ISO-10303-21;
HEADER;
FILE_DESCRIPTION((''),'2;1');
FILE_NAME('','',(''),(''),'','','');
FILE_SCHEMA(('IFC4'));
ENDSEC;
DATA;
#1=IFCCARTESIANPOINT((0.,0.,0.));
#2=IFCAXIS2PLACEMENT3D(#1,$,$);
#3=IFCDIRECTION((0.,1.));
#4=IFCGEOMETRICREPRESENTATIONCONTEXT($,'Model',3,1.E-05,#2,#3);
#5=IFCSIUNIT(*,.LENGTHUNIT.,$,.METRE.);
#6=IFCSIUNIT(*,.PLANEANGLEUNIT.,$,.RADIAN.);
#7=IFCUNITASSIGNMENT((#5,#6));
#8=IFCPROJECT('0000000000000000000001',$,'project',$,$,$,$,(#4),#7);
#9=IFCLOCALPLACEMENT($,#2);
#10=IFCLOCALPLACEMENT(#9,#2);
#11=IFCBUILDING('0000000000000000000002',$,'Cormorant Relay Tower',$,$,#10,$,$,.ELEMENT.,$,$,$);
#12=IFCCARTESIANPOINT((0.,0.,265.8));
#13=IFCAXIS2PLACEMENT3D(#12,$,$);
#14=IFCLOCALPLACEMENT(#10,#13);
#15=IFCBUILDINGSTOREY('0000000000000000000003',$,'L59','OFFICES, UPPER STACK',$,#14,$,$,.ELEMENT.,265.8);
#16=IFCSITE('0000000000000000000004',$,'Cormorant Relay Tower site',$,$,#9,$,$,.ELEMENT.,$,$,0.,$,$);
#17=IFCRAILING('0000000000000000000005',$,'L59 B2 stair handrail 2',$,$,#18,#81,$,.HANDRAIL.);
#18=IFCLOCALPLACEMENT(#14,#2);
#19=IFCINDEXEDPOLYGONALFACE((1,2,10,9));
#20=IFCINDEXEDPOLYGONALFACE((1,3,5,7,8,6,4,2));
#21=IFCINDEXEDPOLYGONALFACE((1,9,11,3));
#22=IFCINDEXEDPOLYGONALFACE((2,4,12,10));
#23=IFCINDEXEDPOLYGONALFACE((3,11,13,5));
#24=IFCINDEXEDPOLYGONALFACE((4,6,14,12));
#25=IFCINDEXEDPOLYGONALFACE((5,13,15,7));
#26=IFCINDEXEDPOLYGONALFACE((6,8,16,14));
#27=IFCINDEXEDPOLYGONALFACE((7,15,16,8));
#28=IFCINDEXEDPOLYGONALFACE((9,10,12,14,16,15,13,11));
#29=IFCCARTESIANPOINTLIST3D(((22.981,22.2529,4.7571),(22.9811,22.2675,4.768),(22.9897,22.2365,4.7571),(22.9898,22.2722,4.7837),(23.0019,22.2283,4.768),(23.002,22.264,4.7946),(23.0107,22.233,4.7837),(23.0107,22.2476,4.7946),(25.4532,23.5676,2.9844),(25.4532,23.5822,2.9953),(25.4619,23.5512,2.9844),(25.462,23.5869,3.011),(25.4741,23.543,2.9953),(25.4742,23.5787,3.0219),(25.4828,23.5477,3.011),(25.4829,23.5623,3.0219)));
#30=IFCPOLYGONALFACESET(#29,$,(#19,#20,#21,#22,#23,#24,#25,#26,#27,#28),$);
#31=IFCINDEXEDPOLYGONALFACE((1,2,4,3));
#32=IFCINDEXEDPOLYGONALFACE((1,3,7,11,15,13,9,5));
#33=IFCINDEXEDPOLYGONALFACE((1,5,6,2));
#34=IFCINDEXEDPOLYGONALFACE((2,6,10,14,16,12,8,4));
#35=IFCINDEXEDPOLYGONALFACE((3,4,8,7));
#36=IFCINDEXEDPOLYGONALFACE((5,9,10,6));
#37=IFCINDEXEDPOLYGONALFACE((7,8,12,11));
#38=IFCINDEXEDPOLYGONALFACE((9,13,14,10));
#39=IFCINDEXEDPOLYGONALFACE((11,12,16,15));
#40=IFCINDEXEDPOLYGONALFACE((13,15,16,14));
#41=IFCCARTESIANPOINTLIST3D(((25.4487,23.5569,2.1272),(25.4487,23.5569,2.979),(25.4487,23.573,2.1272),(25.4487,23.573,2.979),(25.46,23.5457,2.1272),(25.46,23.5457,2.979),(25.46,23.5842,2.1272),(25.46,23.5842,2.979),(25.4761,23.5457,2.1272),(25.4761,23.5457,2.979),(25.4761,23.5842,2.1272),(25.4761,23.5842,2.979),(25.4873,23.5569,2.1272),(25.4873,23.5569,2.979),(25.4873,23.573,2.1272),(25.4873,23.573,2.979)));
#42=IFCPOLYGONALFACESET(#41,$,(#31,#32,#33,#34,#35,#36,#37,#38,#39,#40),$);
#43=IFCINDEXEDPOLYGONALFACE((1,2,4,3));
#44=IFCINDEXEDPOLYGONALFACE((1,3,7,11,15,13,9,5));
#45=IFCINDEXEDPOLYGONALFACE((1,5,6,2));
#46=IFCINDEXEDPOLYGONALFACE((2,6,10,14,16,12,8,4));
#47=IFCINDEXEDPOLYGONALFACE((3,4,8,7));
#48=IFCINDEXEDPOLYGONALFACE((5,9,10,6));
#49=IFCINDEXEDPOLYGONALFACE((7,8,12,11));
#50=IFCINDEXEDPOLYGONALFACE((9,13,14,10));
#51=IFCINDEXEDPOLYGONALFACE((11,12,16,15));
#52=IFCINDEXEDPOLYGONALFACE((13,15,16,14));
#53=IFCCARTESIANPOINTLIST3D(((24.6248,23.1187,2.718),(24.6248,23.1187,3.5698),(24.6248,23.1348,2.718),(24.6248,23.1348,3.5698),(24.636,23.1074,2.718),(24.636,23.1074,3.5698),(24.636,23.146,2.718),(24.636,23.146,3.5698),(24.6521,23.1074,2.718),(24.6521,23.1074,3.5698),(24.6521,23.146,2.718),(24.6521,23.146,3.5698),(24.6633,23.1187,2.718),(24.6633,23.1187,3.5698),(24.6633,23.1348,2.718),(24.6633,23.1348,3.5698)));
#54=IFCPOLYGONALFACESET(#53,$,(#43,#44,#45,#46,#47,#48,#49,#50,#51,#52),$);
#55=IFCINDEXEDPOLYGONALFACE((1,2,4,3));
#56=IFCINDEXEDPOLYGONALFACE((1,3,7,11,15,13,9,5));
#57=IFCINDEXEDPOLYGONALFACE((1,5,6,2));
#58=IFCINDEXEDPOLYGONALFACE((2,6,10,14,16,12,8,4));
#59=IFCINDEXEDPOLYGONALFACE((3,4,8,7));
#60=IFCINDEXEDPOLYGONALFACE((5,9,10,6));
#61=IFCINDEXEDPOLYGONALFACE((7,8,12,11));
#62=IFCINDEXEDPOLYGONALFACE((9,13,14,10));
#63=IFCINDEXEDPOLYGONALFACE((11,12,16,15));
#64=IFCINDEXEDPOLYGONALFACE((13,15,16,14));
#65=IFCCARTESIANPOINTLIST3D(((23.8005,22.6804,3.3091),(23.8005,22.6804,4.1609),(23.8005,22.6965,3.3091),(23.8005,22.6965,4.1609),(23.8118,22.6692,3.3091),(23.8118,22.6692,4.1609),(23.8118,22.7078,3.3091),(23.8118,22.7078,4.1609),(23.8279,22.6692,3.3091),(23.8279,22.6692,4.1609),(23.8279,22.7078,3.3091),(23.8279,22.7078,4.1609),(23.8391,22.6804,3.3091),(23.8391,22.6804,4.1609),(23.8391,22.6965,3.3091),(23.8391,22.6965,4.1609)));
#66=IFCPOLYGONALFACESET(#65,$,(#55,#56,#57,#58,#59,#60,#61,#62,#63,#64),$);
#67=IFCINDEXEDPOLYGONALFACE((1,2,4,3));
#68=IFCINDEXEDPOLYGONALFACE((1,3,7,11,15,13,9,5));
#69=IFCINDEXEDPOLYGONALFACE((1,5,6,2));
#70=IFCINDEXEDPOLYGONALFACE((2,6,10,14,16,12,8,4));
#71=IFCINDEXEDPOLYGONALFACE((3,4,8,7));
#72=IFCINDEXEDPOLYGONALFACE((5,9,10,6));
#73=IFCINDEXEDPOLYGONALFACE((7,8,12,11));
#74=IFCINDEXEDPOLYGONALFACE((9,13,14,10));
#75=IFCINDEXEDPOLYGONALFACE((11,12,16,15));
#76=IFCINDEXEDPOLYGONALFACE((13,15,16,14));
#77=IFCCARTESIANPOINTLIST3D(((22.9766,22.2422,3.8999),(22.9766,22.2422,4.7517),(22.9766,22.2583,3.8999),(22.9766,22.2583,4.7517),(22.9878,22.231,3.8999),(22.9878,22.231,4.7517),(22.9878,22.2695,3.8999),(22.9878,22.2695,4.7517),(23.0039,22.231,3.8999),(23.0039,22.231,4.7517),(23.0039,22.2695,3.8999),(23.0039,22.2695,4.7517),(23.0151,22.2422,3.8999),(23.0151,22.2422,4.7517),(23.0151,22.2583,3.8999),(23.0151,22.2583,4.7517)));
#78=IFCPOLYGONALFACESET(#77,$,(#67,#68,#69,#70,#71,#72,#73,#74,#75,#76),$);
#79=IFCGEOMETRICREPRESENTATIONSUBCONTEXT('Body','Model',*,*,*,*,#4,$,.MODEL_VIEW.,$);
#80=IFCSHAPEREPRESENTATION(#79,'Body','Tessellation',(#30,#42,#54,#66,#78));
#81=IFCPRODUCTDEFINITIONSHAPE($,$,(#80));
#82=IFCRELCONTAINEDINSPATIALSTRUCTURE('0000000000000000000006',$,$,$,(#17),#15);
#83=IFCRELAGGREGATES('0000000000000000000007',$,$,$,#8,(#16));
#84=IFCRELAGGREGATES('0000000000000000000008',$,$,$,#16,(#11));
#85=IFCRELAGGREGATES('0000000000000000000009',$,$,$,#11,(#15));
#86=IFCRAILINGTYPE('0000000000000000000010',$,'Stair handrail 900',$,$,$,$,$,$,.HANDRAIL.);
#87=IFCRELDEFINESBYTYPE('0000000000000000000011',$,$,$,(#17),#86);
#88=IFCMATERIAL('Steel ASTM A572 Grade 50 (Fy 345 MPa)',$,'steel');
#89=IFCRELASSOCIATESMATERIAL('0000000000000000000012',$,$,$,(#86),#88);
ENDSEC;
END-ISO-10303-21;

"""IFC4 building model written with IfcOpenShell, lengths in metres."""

from ifc_helpers import new_model, si_unit, direction, frame, origin, place, context, subcontext, project, spatial, polyline, outline, extrude, material, type_object, element, save


model = new_model("IFC4")

# Units and contexts
model_context = context("Model", 3, precision=1e-05, world=origin(), true_north=direction((0.0, 1.0)))
body_context = subcontext(model_context, "Body", "Model", "MODEL_VIEW")
ifc_project = project(units=[si_unit("LENGTHUNIT", "METRE"), si_unit("PLANEANGLEUNIT", "RADIAN")], contexts=[model_context])

# Site, building, storey
site_placement = place(None, origin())
site = spatial("IfcSite", under=ifc_project, at=site_placement, Name="Cormorant Relay Tower site", CompositionType="ELEMENT", RefElevation=0.0)
building_placement = place(site_placement, origin())
building = spatial("IfcBuilding", under=site, at=building_placement, Name="Cormorant Relay Tower", CompositionType="ELEMENT")
storey_placement = place(building_placement, frame((0.0, 0.0, 265.8)))
storey = spatial("IfcBuildingStorey", under=building, at=storey_placement, Name="L59", Description="OFFICES, UPPER STACK", CompositionType="ELEMENT", Elevation=265.8)

# Railing
ifc_material_1 = material(Name="Steel ASTM A572 Grade 50 (Fy 345 MPa)", Category="steel")
railing_type_1 = type_object("IfcRailingType", Name="Stair handrail 900", PredefinedType="HANDRAIL", material=ifc_material_1)
railing_1_placement = place(storey_placement, frame((25.468, 23.5649, 2.1272)))
element("IfcRailing", 1, at=railing_1_placement, inside=storey, type_object=railing_type_1, Name="L59 B2 stair handrail 2", PredefinedType="HANDRAIL", context=body_context, shape_type="SweptSolid", body=[
    extrude(outline(polyline([(0.0222, 0.0093), (0.0093, 0.0222), (-0.0093, 0.0222), (-0.0222, 0.0093), (-0.0222, -0.0093), (-0.0093, -0.0222), (0.0093, -0.0222), (0.0222, -0.0093), (0.0222, 0.0093)])), frame((0.0, 0.0, 0.876), z_axis=(-0.745979, -0.396711, 0.534916), x_axis=(0.469533, -0.882915, 0.0)), (0.0, 0.0, 1.0), 3.314),
    extrude(outline(polyline([(0.0193, 0.0081), (0.0081, 0.0193), (-0.0081, 0.0193), (-0.0193, 0.0081), (-0.0193, -0.0081), (-0.0081, -0.0193), (0.0081, -0.0193), (0.0193, -0.0081), (0.0193, 0.0081)])), origin(), (0.0, 0.0, 1.0), 0.8518),
    extrude(outline(polyline([(0.0193, 0.0081), (0.0081, 0.0193), (-0.0081, 0.0193), (-0.0193, 0.0081), (-0.0193, -0.0081), (-0.0081, -0.0193), (0.0081, -0.0193), (0.0193, -0.0081), (0.0193, 0.0081)])), frame((-0.824, -0.4382, 0.5908)), (0.0, 0.0, 1.0), 0.8518),
    extrude(outline(polyline([(0.0193, 0.0081), (0.0081, 0.0193), (-0.0081, 0.0193), (-0.0193, 0.0081), (-0.0193, -0.0081), (-0.0081, -0.0193), (0.0081, -0.0193), (0.0193, -0.0081), (0.0193, 0.0081)])), frame((-1.6482, -0.8765, 1.1819)), (0.0, 0.0, 1.0), 0.8518),
    extrude(outline(polyline([(0.0193, 0.0081), (0.0081, 0.0193), (-0.0081, 0.0193), (-0.0193, 0.0081), (-0.0193, -0.0081), (-0.0081, -0.0193), (0.0081, -0.0193), (0.0193, -0.0081), (0.0193, 0.0081)])), frame((-2.4722, -1.3147, 1.7727)), (0.0, 0.0, 1.0), 0.8518),
])

save(model, "model.ifc")
